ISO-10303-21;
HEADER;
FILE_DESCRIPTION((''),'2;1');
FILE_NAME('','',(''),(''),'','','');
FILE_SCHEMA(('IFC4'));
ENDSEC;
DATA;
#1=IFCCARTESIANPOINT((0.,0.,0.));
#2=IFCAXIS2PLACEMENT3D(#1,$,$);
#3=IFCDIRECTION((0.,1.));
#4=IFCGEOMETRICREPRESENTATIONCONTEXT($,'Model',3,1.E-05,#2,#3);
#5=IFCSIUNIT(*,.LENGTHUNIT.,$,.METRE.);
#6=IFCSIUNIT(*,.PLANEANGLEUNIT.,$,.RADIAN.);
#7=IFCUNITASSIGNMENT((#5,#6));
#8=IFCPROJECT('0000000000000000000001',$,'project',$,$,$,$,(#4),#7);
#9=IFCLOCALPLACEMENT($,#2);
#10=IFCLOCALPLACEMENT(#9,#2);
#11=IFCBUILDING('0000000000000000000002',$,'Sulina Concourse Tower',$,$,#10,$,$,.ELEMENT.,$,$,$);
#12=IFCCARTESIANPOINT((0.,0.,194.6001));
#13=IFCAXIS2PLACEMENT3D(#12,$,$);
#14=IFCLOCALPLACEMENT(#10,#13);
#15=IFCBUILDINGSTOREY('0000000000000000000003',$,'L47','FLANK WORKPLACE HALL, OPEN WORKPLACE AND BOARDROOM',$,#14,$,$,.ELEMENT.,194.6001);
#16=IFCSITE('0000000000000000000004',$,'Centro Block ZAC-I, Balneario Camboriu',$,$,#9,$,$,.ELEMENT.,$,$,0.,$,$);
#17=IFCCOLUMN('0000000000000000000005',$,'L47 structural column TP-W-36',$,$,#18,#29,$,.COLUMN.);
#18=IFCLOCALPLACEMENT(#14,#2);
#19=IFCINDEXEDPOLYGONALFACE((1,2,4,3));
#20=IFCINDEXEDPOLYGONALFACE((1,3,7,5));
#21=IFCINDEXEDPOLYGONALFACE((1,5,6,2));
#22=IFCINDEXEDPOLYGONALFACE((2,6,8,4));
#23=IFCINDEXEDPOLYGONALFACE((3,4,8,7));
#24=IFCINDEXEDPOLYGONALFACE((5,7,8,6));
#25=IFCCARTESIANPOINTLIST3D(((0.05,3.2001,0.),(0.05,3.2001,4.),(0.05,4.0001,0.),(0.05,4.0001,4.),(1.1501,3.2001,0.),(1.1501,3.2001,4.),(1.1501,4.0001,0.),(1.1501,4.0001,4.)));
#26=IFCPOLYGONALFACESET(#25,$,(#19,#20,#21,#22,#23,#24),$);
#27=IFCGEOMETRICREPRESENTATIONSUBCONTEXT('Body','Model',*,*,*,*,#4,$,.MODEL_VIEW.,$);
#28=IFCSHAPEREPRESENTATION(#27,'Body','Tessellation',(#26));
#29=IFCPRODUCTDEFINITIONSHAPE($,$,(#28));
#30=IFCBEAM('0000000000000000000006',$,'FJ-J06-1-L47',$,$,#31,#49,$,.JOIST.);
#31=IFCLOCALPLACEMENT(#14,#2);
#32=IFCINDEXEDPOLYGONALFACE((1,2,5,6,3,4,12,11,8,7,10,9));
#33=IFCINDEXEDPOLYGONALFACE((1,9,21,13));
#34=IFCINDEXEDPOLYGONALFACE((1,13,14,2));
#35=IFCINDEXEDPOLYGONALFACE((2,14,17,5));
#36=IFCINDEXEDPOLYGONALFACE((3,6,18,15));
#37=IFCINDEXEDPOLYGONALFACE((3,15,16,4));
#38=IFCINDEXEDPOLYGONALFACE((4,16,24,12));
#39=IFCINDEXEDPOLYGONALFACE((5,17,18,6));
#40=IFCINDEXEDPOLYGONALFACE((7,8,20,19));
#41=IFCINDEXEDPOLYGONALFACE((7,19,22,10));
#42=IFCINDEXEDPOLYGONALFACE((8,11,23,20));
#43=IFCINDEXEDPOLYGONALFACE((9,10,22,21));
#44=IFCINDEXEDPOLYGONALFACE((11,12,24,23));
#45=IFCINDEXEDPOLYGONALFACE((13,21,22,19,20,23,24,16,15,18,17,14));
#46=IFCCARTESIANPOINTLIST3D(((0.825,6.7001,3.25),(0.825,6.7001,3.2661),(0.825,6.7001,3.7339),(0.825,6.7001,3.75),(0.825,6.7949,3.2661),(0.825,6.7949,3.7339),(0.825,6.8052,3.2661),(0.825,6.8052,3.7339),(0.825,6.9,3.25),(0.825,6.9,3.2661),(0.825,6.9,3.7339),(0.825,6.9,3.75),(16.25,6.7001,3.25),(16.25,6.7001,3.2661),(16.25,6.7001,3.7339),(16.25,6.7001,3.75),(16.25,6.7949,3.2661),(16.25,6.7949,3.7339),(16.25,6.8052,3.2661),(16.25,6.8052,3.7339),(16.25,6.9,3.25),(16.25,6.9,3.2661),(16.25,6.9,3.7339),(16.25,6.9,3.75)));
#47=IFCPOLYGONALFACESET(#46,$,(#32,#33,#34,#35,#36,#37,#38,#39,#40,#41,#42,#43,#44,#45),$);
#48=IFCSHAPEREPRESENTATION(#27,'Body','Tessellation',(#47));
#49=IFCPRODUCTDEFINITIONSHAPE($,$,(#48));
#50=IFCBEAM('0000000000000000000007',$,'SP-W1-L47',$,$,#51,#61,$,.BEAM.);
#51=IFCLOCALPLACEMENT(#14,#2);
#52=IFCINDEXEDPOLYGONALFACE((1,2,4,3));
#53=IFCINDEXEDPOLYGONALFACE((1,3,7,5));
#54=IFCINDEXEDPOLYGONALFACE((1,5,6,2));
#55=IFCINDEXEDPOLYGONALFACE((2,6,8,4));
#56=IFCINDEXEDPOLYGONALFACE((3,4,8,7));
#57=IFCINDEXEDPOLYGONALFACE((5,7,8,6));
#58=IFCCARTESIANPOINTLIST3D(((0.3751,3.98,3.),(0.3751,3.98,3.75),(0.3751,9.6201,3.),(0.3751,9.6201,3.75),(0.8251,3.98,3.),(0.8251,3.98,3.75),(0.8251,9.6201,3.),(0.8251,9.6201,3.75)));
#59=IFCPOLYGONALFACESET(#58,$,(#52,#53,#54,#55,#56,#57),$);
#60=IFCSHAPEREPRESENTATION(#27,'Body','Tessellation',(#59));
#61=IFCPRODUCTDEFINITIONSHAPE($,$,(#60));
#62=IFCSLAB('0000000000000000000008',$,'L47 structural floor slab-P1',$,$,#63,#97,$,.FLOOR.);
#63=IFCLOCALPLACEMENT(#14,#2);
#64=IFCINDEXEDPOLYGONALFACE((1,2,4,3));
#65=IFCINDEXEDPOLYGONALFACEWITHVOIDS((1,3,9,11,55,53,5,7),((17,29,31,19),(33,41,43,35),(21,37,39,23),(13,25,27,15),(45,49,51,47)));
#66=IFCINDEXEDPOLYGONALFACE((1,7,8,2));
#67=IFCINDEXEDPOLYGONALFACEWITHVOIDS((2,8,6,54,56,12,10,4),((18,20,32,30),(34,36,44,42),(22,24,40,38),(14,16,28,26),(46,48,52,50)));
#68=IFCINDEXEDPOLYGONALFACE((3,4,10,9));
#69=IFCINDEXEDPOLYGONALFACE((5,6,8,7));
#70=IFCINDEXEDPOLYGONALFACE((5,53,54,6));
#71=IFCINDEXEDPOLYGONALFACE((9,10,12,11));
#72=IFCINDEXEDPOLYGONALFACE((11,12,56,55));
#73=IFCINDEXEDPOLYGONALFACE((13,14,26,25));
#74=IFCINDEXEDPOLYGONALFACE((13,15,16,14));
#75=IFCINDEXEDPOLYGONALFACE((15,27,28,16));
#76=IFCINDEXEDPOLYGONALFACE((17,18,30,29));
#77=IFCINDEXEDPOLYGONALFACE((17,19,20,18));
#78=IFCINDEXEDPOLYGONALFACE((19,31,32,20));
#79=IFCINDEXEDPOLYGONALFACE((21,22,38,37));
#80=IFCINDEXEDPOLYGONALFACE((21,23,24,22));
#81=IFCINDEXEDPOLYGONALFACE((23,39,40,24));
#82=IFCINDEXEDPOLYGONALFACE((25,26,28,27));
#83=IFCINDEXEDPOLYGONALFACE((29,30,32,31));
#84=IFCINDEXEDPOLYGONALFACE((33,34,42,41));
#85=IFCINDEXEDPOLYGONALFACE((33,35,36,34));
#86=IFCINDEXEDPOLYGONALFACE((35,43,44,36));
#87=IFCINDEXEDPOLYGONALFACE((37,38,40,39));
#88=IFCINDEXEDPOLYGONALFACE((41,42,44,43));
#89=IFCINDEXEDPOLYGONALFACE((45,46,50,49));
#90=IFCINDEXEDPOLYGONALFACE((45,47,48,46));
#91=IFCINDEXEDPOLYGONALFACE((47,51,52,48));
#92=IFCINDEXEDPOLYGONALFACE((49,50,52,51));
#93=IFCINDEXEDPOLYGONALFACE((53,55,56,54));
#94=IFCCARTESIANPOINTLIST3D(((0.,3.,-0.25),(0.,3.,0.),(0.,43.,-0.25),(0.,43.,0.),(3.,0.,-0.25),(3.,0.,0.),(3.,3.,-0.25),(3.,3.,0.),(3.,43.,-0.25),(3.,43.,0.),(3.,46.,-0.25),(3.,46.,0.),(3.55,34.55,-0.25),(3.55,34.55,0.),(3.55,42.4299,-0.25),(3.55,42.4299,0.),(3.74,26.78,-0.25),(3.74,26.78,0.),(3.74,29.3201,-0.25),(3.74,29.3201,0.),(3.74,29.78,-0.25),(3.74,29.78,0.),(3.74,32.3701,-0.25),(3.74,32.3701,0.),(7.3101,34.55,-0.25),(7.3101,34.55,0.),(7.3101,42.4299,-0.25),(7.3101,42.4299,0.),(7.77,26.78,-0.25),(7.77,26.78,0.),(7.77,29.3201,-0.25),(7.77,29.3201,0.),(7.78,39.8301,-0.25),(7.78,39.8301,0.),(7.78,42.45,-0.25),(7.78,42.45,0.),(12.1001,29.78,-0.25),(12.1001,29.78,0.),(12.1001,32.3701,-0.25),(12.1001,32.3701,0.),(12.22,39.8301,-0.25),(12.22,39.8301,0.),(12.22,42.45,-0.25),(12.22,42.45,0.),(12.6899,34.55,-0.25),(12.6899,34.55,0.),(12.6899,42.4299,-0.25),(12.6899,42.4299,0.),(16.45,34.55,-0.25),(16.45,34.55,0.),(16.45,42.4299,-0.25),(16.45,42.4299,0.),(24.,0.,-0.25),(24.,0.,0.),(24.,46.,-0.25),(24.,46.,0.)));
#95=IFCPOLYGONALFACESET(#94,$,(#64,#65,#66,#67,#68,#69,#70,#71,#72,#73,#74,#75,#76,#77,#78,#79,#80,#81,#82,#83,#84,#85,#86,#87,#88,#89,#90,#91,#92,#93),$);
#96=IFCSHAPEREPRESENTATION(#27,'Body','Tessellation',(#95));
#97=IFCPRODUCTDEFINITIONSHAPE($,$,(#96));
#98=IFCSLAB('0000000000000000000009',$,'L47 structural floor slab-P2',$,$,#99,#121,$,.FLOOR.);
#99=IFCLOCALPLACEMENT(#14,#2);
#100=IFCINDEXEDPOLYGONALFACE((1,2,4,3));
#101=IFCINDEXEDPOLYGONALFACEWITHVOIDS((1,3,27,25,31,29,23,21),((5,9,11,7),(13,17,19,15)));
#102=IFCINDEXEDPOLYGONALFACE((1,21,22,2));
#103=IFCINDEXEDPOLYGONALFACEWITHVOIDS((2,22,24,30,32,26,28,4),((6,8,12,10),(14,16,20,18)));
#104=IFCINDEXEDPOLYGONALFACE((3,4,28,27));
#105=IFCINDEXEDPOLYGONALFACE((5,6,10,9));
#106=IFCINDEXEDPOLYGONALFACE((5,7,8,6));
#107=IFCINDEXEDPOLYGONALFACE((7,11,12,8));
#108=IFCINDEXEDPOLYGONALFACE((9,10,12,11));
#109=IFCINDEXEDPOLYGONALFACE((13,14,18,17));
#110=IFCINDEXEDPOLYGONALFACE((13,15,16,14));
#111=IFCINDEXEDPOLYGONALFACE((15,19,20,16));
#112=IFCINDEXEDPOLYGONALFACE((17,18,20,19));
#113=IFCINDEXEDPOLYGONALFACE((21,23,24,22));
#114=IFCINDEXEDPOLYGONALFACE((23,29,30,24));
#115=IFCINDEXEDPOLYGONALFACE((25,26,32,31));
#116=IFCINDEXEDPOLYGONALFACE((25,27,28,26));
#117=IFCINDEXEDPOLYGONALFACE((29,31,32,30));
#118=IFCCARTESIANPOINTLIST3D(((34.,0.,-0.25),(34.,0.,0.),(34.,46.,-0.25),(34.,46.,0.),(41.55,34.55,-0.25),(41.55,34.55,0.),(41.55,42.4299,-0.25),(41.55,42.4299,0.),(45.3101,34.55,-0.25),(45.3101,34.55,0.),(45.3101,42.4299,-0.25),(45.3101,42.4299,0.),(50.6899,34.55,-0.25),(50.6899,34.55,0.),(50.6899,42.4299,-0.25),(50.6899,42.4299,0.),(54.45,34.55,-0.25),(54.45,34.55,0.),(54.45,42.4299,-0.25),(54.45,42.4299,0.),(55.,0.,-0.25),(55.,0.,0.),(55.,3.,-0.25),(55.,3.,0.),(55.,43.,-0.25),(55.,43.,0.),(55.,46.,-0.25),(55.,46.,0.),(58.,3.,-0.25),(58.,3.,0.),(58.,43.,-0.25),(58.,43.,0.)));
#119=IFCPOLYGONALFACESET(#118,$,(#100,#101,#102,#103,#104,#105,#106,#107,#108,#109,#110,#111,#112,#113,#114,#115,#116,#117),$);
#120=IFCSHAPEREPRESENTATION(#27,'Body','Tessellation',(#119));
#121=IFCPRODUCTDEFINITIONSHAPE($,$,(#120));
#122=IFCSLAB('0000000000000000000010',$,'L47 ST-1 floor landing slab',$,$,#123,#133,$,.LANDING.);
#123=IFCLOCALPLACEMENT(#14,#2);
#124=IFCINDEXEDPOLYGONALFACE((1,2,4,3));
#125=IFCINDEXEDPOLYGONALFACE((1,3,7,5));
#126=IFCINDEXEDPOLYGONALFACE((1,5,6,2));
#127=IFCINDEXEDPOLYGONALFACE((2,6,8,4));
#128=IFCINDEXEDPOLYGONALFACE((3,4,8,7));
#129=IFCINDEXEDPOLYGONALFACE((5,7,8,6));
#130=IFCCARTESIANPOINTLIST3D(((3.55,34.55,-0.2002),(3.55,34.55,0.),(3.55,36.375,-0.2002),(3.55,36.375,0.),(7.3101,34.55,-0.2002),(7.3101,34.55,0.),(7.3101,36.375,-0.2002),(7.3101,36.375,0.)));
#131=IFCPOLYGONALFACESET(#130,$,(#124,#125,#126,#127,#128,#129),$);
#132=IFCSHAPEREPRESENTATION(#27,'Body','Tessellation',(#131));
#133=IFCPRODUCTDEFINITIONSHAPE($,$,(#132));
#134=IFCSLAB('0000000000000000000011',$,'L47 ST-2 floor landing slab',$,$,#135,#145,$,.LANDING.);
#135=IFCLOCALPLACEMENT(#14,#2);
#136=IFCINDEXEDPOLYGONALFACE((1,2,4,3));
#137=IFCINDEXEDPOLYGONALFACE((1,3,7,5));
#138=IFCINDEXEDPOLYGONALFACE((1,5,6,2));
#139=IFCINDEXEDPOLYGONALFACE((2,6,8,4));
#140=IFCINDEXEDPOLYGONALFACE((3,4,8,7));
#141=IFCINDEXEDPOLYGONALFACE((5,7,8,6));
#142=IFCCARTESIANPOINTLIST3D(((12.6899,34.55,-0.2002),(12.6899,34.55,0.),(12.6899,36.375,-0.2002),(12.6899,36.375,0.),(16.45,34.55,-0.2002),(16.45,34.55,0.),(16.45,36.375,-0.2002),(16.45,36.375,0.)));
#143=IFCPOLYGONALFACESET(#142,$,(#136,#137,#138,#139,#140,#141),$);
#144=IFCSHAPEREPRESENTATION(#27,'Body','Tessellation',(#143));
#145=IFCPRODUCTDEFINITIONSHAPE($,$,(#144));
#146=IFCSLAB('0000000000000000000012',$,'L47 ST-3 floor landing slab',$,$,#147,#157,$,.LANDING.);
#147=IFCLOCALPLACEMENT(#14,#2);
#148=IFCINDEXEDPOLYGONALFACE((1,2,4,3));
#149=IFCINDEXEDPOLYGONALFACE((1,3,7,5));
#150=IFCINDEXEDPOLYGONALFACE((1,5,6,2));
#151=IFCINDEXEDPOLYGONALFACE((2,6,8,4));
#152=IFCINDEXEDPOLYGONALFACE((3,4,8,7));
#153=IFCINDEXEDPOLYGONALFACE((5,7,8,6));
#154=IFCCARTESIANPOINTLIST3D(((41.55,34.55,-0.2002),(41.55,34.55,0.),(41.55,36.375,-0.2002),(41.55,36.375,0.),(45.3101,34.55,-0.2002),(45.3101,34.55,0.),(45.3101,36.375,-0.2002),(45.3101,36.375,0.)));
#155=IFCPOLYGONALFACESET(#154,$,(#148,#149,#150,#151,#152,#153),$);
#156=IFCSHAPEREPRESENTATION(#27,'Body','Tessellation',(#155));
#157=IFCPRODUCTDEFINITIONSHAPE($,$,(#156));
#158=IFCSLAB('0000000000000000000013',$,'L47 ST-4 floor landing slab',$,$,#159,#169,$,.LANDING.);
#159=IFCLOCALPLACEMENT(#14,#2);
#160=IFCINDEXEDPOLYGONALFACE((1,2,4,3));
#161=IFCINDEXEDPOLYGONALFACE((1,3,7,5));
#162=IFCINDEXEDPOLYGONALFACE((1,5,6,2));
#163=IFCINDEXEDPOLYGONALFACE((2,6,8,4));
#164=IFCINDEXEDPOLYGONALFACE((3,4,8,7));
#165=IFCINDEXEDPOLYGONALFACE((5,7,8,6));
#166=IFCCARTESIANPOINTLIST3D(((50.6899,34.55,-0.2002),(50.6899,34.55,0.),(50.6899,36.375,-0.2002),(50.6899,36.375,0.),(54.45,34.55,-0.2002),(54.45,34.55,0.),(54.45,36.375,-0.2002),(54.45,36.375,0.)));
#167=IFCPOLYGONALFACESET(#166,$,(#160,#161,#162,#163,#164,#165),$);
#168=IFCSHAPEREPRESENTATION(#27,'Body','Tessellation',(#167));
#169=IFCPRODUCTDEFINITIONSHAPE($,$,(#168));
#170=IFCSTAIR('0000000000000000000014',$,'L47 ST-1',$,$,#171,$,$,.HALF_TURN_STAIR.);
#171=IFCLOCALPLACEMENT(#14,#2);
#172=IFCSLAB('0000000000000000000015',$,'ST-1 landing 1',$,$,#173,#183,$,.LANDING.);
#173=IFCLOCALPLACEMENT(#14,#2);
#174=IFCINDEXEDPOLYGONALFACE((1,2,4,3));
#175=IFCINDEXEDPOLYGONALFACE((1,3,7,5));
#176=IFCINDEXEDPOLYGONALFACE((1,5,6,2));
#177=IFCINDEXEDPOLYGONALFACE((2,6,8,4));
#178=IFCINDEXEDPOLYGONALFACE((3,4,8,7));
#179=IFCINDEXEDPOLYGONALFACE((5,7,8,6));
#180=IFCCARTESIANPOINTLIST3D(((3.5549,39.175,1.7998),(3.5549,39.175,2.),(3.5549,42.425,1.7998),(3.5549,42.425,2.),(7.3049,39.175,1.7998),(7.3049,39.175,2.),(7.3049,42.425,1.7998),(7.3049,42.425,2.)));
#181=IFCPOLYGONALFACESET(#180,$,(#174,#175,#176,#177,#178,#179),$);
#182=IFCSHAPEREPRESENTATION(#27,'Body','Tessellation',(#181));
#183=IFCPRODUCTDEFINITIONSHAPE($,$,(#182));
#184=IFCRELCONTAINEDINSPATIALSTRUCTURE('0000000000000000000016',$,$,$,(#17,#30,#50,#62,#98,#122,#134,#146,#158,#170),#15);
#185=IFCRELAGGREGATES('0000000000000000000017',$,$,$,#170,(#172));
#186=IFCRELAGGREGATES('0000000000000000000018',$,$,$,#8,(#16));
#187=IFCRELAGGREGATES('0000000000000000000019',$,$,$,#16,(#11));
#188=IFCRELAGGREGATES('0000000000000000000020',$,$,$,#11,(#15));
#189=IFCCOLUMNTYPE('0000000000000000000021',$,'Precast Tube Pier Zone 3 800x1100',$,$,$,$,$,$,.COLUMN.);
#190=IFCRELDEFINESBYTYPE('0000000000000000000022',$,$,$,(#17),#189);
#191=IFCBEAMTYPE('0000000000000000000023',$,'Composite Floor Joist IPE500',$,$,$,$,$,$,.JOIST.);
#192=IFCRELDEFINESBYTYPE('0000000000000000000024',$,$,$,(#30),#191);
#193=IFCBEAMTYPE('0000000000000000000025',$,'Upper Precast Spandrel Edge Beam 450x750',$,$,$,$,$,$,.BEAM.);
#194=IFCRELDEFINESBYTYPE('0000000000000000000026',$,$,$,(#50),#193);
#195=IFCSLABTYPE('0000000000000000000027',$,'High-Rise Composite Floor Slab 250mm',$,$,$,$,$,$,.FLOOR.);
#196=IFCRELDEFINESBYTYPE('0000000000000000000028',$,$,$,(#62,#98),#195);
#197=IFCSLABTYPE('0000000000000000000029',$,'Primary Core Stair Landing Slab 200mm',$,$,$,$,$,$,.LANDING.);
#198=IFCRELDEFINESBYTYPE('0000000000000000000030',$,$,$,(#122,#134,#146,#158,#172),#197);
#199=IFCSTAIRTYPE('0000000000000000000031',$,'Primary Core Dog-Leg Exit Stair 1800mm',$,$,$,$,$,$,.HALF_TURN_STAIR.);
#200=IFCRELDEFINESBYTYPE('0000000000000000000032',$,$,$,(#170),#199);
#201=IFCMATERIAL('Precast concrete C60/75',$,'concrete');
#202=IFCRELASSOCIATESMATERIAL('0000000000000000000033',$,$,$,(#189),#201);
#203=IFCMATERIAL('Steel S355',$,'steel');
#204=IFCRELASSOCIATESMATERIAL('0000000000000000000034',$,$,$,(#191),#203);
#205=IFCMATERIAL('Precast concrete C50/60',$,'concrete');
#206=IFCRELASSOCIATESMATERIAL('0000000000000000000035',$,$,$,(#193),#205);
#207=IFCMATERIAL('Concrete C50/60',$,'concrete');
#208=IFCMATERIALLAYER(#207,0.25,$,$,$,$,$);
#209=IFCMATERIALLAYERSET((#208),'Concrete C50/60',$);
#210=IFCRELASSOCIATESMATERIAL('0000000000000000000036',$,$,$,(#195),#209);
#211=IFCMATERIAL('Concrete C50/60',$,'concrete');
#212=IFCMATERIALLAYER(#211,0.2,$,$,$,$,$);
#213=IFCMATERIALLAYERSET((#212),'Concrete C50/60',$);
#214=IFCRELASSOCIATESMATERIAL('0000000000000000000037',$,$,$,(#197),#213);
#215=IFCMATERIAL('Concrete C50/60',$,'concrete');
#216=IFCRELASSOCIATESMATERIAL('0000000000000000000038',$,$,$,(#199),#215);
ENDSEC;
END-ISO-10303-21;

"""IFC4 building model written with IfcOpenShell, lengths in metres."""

from ifc_helpers import new_model, si_unit, direction, frame, origin, origin_2d, place, context, subcontext, project, spatial, polyline, rectangle, i_section, outline, extrude, material, layer, layer_set, material_profile, profile_set, type_object, element, aggregate, save


model = new_model("IFC4")

# Units and contexts
model_context = context("Model", 3, precision=1e-05, world=origin(), true_north=direction((0.0, 1.0)))
body_context = subcontext(model_context, "Body", "Model", "MODEL_VIEW")
ifc_project = project(units=[si_unit("LENGTHUNIT", "METRE"), si_unit("PLANEANGLEUNIT", "RADIAN")], contexts=[model_context])

# Site, building, storey
site_placement = place(None, origin())
site = spatial("IfcSite", under=ifc_project, at=site_placement, Name="Centro Block ZAC-I, Balneario Camboriu", CompositionType="ELEMENT", RefElevation=0.0)
building_placement = place(site_placement, origin())
building = spatial("IfcBuilding", under=site, at=building_placement, Name="Sulina Concourse Tower", CompositionType="ELEMENT")
storey_placement = place(building_placement, frame((0.0, 0.0, 194.6001)))
storey = spatial("IfcBuildingStorey", under=building, at=storey_placement, Name="L47", Description="FLANK WORKPLACE HALL, OPEN WORKPLACE AND BOARDROOM", CompositionType="ELEMENT", Elevation=194.6001)

# Column
ifc_material_1 = material(Name="Precast concrete C60/75", Category="concrete")
ifc_material_profile_1 = material_profile(ifc_material_1, rectangle(XDim=0.8, YDim=1.1001, at=origin_2d()), Name="PC 800x1100")
ifc_profile_set_1 = profile_set([ifc_material_profile_1], Name="Precast concrete C60/75")
column_type = type_object("IfcColumnType", Name="Precast Tube Pier Zone 3 800x1100", PredefinedType="COLUMN", material=ifc_profile_set_1)
column_placement = place(storey_placement, frame((0.6001, 3.6001, 0.0), z_axis=(0.0, 0.0, 1.0), x_axis=(0.0, 1.0, 0.0)))
element("IfcColumn", 1, at=column_placement, inside=storey, type_object=column_type, Name="L47 structural column TP-W-36", PredefinedType="COLUMN", context=body_context, shape_type="SweptSolid", body=[
    extrude(rectangle(XDim=0.8, YDim=1.1001, at=origin_2d()), origin(), (0.0, 0.0, 1.0), 4.0),
])

# Beams
ifc_material_2 = material(Name="Steel S355", Category="steel")
ifc_material_profile_2 = material_profile(ifc_material_2, i_section(OverallWidth=0.2, OverallDepth=0.5, WebThickness=0.0103, FlangeThickness=0.0161, at=origin_2d()), Name="IPE 500")
ifc_profile_set_2 = profile_set([ifc_material_profile_2], Name="Steel S355")
beam_type_1 = type_object("IfcBeamType", Name="Composite Floor Joist IPE500", PredefinedType="JOIST", material=ifc_profile_set_2)
beam_1_placement = place(storey_placement, frame((0.825, 6.8, 3.5), z_axis=(1.0, 0.0, 0.0), x_axis=(0.0, 1.0, 0.0)))
element("IfcBeam", 2, at=beam_1_placement, inside=storey, type_object=beam_type_1, Name="FJ-J06-1-L47", PredefinedType="JOIST", context=body_context, shape_type="SweptSolid", body=[
    extrude(i_section(OverallWidth=0.2, OverallDepth=0.5, WebThickness=0.0103, FlangeThickness=0.0161, at=origin_2d()), origin(), (0.0, 0.0, 1.0), 15.425),
])
ifc_material_3 = material(Name="Precast concrete C50/60", Category="concrete")
ifc_material_profile_3 = material_profile(ifc_material_3, rectangle(XDim=0.45, YDim=0.75, at=origin_2d()), Name="RC 450x750")
ifc_profile_set_3 = profile_set([ifc_material_profile_3], Name="Precast concrete C50/60")
beam_type_2 = type_object("IfcBeamType", Name="Upper Precast Spandrel Edge Beam 450x750", PredefinedType="BEAM", material=ifc_profile_set_3)
beam_2_placement = place(storey_placement, frame((0.6001, 3.98, 3.375), z_axis=(0.0, 1.0, 0.0), x_axis=(-1.0, 0.0, 0.0)))
element("IfcBeam", 3, at=beam_2_placement, inside=storey, type_object=beam_type_2, Name="SP-W1-L47", PredefinedType="BEAM", context=body_context, shape_type="SweptSolid", body=[
    extrude(rectangle(XDim=0.45, YDim=0.75, at=origin_2d()), origin(), (0.0, 0.0, 1.0), 5.6401),
])

# Slabs
ifc_material_4 = material(Name="Concrete C50/60", Category="concrete")
ifc_layer_1 = layer(ifc_material_4, 0.25)
ifc_layer_set_1 = layer_set([ifc_layer_1], Name="Concrete C50/60")
slab_type_1 = type_object("IfcSlabType", Name="High-Rise Composite Floor Slab 250mm", PredefinedType="FLOOR", material=ifc_layer_set_1)
slab_1_placement = place(storey_placement, frame((0.0, 0.0, -0.25)))
element("IfcSlab", 4, at=slab_1_placement, inside=storey, type_object=slab_type_1, Name="L47 structural floor slab-P1", PredefinedType="FLOOR", context=body_context, shape_type="SweptSolid", body=[
    extrude(outline(polyline([(3.0, 0.0), (24.0, 0.0), (24.0, 46.0), (3.0, 46.0), (3.0, 43.0), (0.0, 43.0), (0.0, 3.0), (3.0, 3.0), (3.0, 0.0)]), holes=[polyline([(7.3101, 34.55), (7.3101, 42.4299), (3.55, 42.4299), (3.55, 34.55), (7.3101, 34.55)]), polyline([(16.45, 34.55), (16.45, 42.4299), (12.6899, 42.4299), (12.6899, 34.55), (16.45, 34.55)]), polyline([(7.78, 39.8301), (12.22, 39.8301), (12.22, 42.45), (7.78, 42.45), (7.78, 39.8301)]), polyline([(3.74, 26.78), (7.77, 26.78), (7.77, 29.3201), (3.74, 29.3201), (3.74, 26.78)]), polyline([(3.74, 29.78), (12.1001, 29.78), (12.1001, 32.3701), (3.74, 32.3701), (3.74, 29.78)])]), origin(), (0.0, 0.0, 1.0), 0.25),
])
slab_2_placement = place(storey_placement, frame((0.0, 0.0, -0.25)))
element("IfcSlab", 5, at=slab_2_placement, inside=storey, type_object=slab_type_1, Name="L47 structural floor slab-P2", PredefinedType="FLOOR", context=body_context, shape_type="SweptSolid", body=[
    extrude(outline(polyline([(34.0, 0.0), (55.0, 0.0), (55.0, 3.0), (58.0, 3.0), (58.0, 43.0), (55.0, 43.0), (55.0, 46.0), (34.0, 46.0), (34.0, 0.0)]), holes=[polyline([(45.3101, 34.55), (45.3101, 42.4299), (41.55, 42.4299), (41.55, 34.55), (45.3101, 34.55)]), polyline([(54.45, 34.55), (54.45, 42.4299), (50.6899, 42.4299), (50.6899, 34.55), (54.45, 34.55)])]), origin(), (0.0, 0.0, 1.0), 0.25),
])
ifc_material_5 = material(Name="Concrete C50/60", Category="concrete")
ifc_layer_2 = layer(ifc_material_5, 0.2)
ifc_layer_set_2 = layer_set([ifc_layer_2], Name="Concrete C50/60")
slab_type_2 = type_object("IfcSlabType", Name="Primary Core Stair Landing Slab 200mm", PredefinedType="LANDING", material=ifc_layer_set_2)
slab_3_placement = place(storey_placement, frame((0.0, 0.0, -0.2002)))
element("IfcSlab", 6, at=slab_3_placement, inside=storey, type_object=slab_type_2, Name="L47 ST-1 floor landing slab", PredefinedType="LANDING", context=body_context, shape_type="SweptSolid", body=[
    extrude(outline(polyline([(7.3101, 34.55), (7.3101, 36.375), (3.55, 36.375), (3.55, 34.55), (7.3101, 34.55)])), origin(), (0.0, 0.0, 1.0), 0.2002),
])
slab_4_placement = place(storey_placement, frame((0.0, 0.0, -0.2002)))
element("IfcSlab", 7, at=slab_4_placement, inside=storey, type_object=slab_type_2, Name="L47 ST-2 floor landing slab", PredefinedType="LANDING", context=body_context, shape_type="SweptSolid", body=[
    extrude(outline(polyline([(16.45, 34.55), (16.45, 36.375), (12.6899, 36.375), (12.6899, 34.55), (16.45, 34.55)])), origin(), (0.0, 0.0, 1.0), 0.2002),
])
slab_5_placement = place(storey_placement, frame((0.0, 0.0, -0.2002)))
element("IfcSlab", 8, at=slab_5_placement, inside=storey, type_object=slab_type_2, Name="L47 ST-3 floor landing slab", PredefinedType="LANDING", context=body_context, shape_type="SweptSolid", body=[
    extrude(outline(polyline([(45.3101, 34.55), (45.3101, 36.375), (41.55, 36.375), (41.55, 34.55), (45.3101, 34.55)])), origin(), (0.0, 0.0, 1.0), 0.2002),
])
slab_6_placement = place(storey_placement, frame((0.0, 0.0, -0.2002)))
element("IfcSlab", 9, at=slab_6_placement, inside=storey, type_object=slab_type_2, Name="L47 ST-4 floor landing slab", PredefinedType="LANDING", context=body_context, shape_type="SweptSolid", body=[
    extrude(outline(polyline([(54.45, 34.55), (54.45, 36.375), (50.6899, 36.375), (50.6899, 34.55), (54.45, 34.55)])), origin(), (0.0, 0.0, 1.0), 0.2002),
])

# Stair, slab
ifc_material_6 = material(Name="Concrete C50/60", Category="concrete")
stair_type_1 = type_object("IfcStairType", Name="Primary Core Dog-Leg Exit Stair 1800mm", PredefinedType="HALF_TURN_STAIR", material=ifc_material_6)
stair_1_placement = place(storey_placement, origin())
stair_1 = element("IfcStair", 10, at=stair_1_placement, inside=storey, type_object=stair_type_1, Name="L47 ST-1", PredefinedType="HALF_TURN_STAIR")
slab_7_placement = place(storey_placement, frame((0.0, 0.0, 1.7998)))
slab_7 = element("IfcSlab", 11, at=slab_7_placement, type_object=slab_type_2, Name="ST-1 landing 1", PredefinedType="LANDING", context=body_context, shape_type="SweptSolid", body=[
    extrude(outline(polyline([(7.3049, 39.175), (7.3049, 42.425), (3.5549, 42.425), (3.5549, 39.175), (7.3049, 39.175)])), origin(), (0.0, 0.0, 1.0), 0.2002),
])
aggregate(stair_1, [slab_7])

save(model, "model.ifc")
